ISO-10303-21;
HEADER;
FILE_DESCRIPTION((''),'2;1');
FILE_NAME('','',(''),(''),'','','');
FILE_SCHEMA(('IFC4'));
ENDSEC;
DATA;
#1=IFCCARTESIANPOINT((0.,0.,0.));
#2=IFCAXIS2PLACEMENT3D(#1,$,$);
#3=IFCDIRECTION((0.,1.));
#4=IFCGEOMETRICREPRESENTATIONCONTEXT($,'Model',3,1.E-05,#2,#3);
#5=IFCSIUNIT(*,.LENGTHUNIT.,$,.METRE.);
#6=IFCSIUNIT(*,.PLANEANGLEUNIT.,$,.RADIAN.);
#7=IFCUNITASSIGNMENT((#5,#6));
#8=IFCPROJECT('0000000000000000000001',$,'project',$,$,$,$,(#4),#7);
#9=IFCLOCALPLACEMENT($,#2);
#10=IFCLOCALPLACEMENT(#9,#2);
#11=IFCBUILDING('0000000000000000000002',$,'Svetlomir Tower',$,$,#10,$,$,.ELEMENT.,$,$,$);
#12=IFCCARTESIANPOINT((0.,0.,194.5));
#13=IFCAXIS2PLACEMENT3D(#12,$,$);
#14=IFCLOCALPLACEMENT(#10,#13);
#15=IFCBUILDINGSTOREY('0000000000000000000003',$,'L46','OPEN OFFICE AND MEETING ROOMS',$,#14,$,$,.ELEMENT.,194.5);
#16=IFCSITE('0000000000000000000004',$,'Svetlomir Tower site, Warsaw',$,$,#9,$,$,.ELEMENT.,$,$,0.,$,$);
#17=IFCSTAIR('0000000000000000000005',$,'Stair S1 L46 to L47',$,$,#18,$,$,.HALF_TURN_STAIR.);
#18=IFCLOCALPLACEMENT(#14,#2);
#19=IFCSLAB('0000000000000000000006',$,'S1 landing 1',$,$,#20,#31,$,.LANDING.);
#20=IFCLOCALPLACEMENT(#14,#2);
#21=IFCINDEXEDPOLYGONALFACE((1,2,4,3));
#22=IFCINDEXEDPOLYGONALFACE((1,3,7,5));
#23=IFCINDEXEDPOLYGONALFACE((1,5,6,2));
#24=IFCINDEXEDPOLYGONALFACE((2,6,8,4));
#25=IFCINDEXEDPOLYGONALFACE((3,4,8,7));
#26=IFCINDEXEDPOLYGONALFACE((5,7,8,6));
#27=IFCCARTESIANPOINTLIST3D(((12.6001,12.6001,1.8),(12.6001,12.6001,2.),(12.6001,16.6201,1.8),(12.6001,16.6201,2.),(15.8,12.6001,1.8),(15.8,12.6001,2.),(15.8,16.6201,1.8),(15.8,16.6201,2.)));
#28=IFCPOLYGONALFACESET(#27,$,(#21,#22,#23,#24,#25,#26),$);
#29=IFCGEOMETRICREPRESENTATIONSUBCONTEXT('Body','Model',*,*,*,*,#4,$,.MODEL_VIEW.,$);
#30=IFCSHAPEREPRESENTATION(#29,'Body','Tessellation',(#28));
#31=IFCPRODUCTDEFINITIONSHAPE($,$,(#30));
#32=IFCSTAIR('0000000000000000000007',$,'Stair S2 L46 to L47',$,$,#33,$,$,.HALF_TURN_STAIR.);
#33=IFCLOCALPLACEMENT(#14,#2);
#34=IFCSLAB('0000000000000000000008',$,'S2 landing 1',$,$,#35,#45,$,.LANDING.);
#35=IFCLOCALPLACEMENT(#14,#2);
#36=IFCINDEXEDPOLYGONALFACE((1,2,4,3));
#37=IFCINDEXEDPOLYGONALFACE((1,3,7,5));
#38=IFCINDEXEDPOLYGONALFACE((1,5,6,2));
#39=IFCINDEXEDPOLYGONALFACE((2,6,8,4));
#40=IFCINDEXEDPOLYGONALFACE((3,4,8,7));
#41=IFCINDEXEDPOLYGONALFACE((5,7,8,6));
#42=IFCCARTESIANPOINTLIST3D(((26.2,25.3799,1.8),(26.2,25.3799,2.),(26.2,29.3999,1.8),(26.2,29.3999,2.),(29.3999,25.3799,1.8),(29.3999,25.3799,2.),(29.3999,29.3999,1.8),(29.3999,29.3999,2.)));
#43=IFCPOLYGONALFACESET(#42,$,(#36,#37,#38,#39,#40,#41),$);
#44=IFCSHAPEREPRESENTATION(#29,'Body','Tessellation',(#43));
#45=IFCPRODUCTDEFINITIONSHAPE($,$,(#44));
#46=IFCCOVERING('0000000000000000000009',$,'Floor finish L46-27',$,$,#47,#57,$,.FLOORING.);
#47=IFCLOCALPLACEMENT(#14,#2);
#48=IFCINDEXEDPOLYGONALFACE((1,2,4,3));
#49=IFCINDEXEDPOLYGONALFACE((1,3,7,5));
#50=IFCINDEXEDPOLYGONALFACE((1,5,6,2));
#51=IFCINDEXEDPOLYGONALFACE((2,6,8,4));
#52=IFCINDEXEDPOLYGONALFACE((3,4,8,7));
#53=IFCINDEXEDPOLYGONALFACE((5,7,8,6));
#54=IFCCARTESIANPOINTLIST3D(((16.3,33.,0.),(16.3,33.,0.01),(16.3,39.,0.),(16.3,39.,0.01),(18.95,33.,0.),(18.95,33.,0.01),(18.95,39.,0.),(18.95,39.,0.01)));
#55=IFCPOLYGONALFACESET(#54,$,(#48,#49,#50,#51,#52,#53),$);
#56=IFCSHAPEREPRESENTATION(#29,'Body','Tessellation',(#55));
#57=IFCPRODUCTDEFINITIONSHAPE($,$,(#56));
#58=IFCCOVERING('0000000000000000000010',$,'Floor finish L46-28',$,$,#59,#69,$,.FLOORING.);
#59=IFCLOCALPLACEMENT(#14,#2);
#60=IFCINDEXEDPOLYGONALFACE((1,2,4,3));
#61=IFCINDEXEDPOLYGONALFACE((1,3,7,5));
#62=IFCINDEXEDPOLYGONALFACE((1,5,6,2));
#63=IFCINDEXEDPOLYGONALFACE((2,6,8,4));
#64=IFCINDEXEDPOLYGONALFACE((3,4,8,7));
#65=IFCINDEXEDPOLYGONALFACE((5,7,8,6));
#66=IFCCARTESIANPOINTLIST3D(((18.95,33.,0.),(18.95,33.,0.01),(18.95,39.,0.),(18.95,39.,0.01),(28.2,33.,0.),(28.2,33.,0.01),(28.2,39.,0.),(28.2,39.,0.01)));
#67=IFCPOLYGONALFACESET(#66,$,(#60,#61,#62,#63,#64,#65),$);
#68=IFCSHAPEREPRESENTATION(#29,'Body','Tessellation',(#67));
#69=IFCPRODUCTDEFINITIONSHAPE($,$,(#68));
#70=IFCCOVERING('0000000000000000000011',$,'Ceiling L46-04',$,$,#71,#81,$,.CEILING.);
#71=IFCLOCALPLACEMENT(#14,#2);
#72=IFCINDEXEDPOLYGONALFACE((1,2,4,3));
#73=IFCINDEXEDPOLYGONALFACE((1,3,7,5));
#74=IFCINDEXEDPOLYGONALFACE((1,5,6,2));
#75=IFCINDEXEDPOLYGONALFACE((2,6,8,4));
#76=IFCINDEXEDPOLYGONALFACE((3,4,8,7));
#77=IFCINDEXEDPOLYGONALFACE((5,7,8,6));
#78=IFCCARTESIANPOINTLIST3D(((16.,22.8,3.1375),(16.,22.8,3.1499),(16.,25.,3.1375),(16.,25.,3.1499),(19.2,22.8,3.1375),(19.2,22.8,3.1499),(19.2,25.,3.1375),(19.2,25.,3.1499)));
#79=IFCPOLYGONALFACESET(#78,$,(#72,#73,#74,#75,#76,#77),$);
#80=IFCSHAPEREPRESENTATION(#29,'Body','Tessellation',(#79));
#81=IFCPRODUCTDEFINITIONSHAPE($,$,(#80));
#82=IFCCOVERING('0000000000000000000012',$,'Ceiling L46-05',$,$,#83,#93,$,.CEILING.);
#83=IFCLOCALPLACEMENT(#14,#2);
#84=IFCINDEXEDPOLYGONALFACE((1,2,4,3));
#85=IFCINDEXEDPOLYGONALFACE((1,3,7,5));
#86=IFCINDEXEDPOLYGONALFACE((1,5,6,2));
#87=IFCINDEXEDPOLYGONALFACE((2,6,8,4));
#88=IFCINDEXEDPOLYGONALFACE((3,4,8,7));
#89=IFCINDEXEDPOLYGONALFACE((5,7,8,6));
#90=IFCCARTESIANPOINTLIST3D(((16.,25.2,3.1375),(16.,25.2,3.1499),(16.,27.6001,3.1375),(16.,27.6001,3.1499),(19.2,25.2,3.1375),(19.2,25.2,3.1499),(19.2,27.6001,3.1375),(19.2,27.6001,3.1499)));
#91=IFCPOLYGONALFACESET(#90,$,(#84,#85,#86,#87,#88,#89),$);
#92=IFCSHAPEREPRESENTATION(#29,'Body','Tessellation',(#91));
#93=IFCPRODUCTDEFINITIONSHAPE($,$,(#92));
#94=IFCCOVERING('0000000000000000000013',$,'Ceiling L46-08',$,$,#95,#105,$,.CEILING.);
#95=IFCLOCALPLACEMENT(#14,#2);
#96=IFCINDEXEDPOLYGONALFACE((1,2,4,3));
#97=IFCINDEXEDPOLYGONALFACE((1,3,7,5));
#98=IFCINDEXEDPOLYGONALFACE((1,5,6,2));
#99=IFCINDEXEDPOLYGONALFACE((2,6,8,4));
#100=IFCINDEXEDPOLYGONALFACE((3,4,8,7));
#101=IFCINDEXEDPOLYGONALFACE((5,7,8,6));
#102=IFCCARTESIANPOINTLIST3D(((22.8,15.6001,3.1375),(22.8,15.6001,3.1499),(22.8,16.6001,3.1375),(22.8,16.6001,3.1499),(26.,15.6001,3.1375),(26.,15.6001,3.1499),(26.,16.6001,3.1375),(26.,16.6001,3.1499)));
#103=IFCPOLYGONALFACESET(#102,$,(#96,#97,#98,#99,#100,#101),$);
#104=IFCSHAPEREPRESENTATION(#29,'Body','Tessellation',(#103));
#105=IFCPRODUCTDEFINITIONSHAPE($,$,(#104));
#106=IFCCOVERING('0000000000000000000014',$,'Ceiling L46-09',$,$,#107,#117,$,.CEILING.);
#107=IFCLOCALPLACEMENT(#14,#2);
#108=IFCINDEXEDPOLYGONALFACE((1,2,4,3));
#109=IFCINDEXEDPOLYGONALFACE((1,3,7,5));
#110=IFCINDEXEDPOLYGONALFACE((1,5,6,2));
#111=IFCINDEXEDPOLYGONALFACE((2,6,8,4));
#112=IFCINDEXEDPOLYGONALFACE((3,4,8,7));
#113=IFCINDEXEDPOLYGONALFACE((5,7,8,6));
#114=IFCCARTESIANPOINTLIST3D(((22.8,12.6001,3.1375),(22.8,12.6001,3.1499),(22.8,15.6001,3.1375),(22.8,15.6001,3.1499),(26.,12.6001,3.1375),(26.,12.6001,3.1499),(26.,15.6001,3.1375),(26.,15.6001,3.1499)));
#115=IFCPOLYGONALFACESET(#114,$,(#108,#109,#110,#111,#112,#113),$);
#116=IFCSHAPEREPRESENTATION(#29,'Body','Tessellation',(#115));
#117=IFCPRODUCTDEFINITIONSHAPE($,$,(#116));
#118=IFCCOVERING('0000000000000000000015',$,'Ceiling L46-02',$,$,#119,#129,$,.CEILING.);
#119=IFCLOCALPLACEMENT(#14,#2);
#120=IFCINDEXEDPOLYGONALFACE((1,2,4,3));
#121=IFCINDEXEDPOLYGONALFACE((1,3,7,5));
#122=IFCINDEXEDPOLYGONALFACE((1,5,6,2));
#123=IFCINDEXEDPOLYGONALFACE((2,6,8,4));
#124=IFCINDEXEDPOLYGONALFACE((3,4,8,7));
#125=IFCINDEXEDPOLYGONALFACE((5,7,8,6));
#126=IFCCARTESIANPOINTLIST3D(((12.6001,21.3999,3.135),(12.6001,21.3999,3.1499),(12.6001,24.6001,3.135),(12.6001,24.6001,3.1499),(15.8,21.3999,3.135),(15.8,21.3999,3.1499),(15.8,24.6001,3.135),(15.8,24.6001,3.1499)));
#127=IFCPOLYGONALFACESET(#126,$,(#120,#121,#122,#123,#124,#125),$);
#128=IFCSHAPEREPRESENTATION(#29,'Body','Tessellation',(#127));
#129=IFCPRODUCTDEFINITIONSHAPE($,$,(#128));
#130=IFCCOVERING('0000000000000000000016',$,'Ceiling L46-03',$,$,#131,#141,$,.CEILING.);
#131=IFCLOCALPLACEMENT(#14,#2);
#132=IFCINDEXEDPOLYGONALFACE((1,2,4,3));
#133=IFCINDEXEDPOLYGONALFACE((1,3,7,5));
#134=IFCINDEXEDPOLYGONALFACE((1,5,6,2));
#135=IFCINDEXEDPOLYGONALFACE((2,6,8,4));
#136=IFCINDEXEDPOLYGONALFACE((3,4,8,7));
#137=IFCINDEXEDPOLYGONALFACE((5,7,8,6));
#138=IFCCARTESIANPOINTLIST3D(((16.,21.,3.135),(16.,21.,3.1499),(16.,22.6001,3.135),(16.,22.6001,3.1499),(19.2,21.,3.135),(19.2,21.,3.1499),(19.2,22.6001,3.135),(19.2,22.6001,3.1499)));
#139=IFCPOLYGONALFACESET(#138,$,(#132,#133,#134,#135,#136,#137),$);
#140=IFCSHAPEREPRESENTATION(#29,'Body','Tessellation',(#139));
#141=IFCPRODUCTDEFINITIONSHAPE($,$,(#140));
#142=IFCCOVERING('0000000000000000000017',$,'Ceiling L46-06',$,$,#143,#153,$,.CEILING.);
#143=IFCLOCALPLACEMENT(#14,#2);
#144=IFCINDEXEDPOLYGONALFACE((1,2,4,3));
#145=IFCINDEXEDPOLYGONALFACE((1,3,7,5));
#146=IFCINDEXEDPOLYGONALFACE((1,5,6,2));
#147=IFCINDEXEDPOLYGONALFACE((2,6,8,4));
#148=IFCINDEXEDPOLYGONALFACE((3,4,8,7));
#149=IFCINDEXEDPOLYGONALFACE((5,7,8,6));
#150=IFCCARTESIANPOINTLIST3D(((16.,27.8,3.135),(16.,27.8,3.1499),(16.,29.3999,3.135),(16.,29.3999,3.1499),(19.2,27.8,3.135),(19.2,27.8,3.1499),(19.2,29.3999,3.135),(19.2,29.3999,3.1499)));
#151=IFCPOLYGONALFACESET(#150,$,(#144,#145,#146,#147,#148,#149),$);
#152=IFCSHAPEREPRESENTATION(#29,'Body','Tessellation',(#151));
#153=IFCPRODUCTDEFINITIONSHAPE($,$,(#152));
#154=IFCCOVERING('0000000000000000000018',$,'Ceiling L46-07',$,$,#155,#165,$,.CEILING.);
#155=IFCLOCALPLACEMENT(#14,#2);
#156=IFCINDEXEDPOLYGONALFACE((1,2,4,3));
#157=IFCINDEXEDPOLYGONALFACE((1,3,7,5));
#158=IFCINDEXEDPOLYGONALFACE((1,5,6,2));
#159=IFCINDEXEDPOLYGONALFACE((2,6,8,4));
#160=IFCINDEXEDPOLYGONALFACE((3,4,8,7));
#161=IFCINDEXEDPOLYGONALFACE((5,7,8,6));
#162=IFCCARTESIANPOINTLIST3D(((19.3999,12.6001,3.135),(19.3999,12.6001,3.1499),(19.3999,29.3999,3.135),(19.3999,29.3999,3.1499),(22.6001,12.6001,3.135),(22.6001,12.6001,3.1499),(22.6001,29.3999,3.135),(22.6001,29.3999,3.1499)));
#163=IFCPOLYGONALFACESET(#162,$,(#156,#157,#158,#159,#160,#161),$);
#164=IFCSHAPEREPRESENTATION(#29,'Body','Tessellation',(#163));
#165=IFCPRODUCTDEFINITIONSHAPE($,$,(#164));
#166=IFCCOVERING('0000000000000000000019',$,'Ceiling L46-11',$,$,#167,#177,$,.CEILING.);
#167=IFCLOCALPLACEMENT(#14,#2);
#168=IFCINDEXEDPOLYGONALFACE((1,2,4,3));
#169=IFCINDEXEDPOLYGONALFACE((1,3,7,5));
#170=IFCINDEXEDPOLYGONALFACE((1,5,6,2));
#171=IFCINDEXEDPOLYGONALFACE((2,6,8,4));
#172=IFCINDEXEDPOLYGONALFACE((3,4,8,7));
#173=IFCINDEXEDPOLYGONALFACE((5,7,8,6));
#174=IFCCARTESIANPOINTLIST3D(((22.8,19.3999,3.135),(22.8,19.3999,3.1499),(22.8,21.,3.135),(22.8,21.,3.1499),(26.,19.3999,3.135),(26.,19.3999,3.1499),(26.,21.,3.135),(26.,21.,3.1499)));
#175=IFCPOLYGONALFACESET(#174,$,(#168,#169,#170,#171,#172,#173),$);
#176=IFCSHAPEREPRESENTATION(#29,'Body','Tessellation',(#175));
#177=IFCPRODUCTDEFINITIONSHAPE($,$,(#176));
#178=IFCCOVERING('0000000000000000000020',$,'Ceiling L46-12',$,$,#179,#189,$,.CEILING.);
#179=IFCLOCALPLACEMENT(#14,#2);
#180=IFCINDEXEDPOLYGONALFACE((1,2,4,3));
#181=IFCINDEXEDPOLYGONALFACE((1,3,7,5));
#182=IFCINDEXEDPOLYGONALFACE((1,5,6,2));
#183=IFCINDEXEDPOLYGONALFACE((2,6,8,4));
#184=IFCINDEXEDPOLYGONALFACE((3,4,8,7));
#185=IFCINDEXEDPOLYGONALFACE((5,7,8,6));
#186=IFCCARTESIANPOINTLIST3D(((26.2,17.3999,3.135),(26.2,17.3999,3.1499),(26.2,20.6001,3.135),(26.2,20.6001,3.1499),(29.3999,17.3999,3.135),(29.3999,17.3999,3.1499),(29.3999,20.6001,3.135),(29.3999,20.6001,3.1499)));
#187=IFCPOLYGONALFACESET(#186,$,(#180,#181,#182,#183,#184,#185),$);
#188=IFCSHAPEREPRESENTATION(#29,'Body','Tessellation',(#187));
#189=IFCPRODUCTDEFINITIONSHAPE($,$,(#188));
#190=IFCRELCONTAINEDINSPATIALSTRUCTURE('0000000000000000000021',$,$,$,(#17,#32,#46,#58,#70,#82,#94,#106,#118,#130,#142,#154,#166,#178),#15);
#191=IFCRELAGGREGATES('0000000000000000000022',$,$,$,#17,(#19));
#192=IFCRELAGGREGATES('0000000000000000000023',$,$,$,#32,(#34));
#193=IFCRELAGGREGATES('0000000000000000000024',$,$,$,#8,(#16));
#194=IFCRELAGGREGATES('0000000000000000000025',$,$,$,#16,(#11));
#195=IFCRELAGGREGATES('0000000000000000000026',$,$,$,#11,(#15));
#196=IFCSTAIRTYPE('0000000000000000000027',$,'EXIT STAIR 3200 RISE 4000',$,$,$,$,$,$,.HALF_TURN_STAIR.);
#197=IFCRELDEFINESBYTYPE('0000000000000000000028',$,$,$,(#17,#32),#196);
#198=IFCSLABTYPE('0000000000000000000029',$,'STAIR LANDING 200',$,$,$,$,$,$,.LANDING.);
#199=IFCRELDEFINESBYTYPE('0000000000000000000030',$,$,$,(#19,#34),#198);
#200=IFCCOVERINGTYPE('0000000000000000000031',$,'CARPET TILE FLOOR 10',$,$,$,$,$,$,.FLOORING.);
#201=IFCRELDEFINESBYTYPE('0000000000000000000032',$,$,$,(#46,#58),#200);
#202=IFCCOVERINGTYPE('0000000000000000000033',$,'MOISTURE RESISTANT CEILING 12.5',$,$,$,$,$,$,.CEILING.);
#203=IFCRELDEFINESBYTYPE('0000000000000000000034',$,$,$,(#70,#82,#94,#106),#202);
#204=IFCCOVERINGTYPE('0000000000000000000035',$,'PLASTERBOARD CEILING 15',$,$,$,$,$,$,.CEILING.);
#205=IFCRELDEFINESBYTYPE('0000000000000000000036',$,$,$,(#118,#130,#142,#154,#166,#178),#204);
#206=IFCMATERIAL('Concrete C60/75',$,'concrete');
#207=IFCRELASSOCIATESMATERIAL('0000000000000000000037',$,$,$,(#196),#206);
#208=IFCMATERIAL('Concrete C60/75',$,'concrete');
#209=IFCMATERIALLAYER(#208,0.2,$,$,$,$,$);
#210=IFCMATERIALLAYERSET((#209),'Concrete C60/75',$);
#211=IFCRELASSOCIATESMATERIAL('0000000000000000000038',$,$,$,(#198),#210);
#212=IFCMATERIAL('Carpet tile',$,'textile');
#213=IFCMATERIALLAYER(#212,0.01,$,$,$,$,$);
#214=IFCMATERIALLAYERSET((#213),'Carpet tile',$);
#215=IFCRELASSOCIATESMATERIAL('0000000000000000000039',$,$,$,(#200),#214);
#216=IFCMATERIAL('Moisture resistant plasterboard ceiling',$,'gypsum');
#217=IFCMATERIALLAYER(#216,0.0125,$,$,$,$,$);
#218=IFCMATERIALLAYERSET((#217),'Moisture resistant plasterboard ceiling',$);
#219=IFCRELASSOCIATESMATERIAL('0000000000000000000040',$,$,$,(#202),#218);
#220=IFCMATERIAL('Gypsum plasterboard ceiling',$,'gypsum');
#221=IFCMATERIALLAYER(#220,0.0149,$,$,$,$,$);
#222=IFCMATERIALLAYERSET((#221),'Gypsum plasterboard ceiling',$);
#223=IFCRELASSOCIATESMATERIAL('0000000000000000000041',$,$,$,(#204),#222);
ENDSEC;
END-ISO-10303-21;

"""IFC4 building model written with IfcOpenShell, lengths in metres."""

from ifc_helpers import new_model, si_unit, direction, frame, origin, place, context, subcontext, project, spatial, polyline, outline, extrude, material, layer, layer_set, type_object, element, aggregate, save


model = new_model("IFC4")

# Units and contexts
model_context = context("Model", 3, precision=1e-05, world=origin(), true_north=direction((0.0, 1.0)))
body_context = subcontext(model_context, "Body", "Model", "MODEL_VIEW")
ifc_project = project(units=[si_unit("LENGTHUNIT", "METRE"), si_unit("PLANEANGLEUNIT", "RADIAN")], contexts=[model_context])

# Site, building, storey
site_placement = place(None, origin())
site = spatial("IfcSite", under=ifc_project, at=site_placement, Name="Svetlomir Tower site, Warsaw", CompositionType="ELEMENT", RefElevation=0.0)
building_placement = place(site_placement, origin())
building = spatial("IfcBuilding", under=site, at=building_placement, Name="Svetlomir Tower", CompositionType="ELEMENT")
storey_placement = place(building_placement, frame((0.0, 0.0, 194.5)))
storey = spatial("IfcBuildingStorey", under=building, at=storey_placement, Name="L46", Description="OPEN OFFICE AND MEETING ROOMS", CompositionType="ELEMENT", Elevation=194.5)

# Stairs, slabs
ifc_material_1 = material(Name="Concrete C60/75", Category="concrete")
stair_type = type_object("IfcStairType", Name="EXIT STAIR 3200 RISE 4000", PredefinedType="HALF_TURN_STAIR", material=ifc_material_1)
stair_1_placement = place(storey_placement, origin())
stair_1 = element("IfcStair", 1, at=stair_1_placement, inside=storey, type_object=stair_type, Name="Stair S1 L46 to L47", PredefinedType="HALF_TURN_STAIR")
ifc_material_2 = material(Name="Concrete C60/75", Category="concrete")
ifc_layer_1 = layer(ifc_material_2, 0.2)
ifc_layer_set_1 = layer_set([ifc_layer_1], Name="Concrete C60/75")
slab_type = type_object("IfcSlabType", Name="STAIR LANDING 200", PredefinedType="LANDING", material=ifc_layer_set_1)
slab_1_placement = place(storey_placement, frame((0.0, 0.0, 1.8)))
slab_1 = element("IfcSlab", 2, at=slab_1_placement, type_object=slab_type, Name="S1 landing 1", PredefinedType="LANDING", context=body_context, shape_type="SweptSolid", body=[
    extrude(outline(polyline([(12.6001, 12.6001), (15.8, 12.6001), (15.8, 16.6201), (12.6001, 16.6201), (12.6001, 12.6001)])), origin(), (0.0, 0.0, 1.0), 0.2),
])
aggregate(stair_1, [slab_1])
stair_2_placement = place(storey_placement, origin())
stair_2 = element("IfcStair", 3, at=stair_2_placement, inside=storey, type_object=stair_type, Name="Stair S2 L46 to L47", PredefinedType="HALF_TURN_STAIR")
slab_2_placement = place(storey_placement, frame((0.0, 0.0, 1.8)))
slab_2 = element("IfcSlab", 4, at=slab_2_placement, type_object=slab_type, Name="S2 landing 1", PredefinedType="LANDING", context=body_context, shape_type="SweptSolid", body=[
    extrude(outline(polyline([(26.2, 25.3799), (29.3999, 25.3799), (29.3999, 29.3999), (26.2, 29.3999), (26.2, 25.3799)])), origin(), (0.0, 0.0, 1.0), 0.2),
])
aggregate(stair_2, [slab_2])

# Coverings
ifc_material_3 = material(Name="Carpet tile", Category="textile")
ifc_layer_2 = layer(ifc_material_3, 0.01)
ifc_layer_set_2 = layer_set([ifc_layer_2], Name="Carpet tile")
covering_type_1 = type_object("IfcCoveringType", Name="CARPET TILE FLOOR 10", PredefinedType="FLOORING", material=ifc_layer_set_2)
covering_1_placement = place(storey_placement, origin())
element("IfcCovering", 5, at=covering_1_placement, inside=storey, type_object=covering_type_1, Name="Floor finish L46-27", PredefinedType="FLOORING", context=body_context, shape_type="SweptSolid", body=[
    extrude(outline(polyline([(16.3, 33.0), (18.95, 33.0), (18.95, 39.0), (16.3, 39.0), (16.3, 33.0)])), origin(), (0.0, 0.0, 1.0), 0.01),
])
covering_2_placement = place(storey_placement, origin())
element("IfcCovering", 6, at=covering_2_placement, inside=storey, type_object=covering_type_1, Name="Floor finish L46-28", PredefinedType="FLOORING", context=body_context, shape_type="SweptSolid", body=[
    extrude(outline(polyline([(18.95, 33.0), (28.2, 33.0), (28.2, 39.0), (18.95, 39.0), (18.95, 33.0)])), origin(), (0.0, 0.0, 1.0), 0.01),
])
ifc_material_4 = material(Name="Moisture resistant plasterboard ceiling", Category="gypsum")
ifc_layer_3 = layer(ifc_material_4, 0.0125)
ifc_layer_set_3 = layer_set([ifc_layer_3], Name="Moisture resistant plasterboard ceiling")
covering_type_2 = type_object("IfcCoveringType", Name="MOISTURE RESISTANT CEILING 12.5", PredefinedType="CEILING", material=ifc_layer_set_3)
covering_3_placement = place(storey_placement, frame((0.0, 0.0, 3.1375)))
element("IfcCovering", 7, at=covering_3_placement, inside=storey, type_object=covering_type_2, Name="Ceiling L46-04", PredefinedType="CEILING", context=body_context, shape_type="SweptSolid", body=[
    extrude(outline(polyline([(16.0, 22.8), (19.2, 22.8), (19.2, 25.0), (16.0, 25.0), (16.0, 22.8)])), origin(), (0.0, 0.0, 1.0), 0.0125),
])
covering_4_placement = place(storey_placement, frame((0.0, 0.0, 3.1375)))
element("IfcCovering", 8, at=covering_4_placement, inside=storey, type_object=covering_type_2, Name="Ceiling L46-05", PredefinedType="CEILING", context=body_context, shape_type="SweptSolid", body=[
    extrude(outline(polyline([(16.0, 25.2), (19.2, 25.2), (19.2, 27.6001), (16.0, 27.6001), (16.0, 25.2)])), origin(), (0.0, 0.0, 1.0), 0.0125),
])
covering_5_placement = place(storey_placement, frame((0.0, 0.0, 3.1375)))
element("IfcCovering", 9, at=covering_5_placement, inside=storey, type_object=covering_type_2, Name="Ceiling L46-08", PredefinedType="CEILING", context=body_context, shape_type="SweptSolid", body=[
    extrude(outline(polyline([(22.8, 15.6001), (26.0, 15.6001), (26.0, 16.6001), (22.8, 16.6001), (22.8, 15.6001)])), origin(), (0.0, 0.0, 1.0), 0.0125),
])
covering_6_placement = place(storey_placement, frame((0.0, 0.0, 3.1375)))
element("IfcCovering", 10, at=covering_6_placement, inside=storey, type_object=covering_type_2, Name="Ceiling L46-09", PredefinedType="CEILING", context=body_context, shape_type="SweptSolid", body=[
    extrude(outline(polyline([(22.8, 12.6001), (26.0, 12.6001), (26.0, 15.6001), (22.8, 15.6001), (22.8, 12.6001)])), origin(), (0.0, 0.0, 1.0), 0.0125),
])
ifc_material_5 = material(Name="Gypsum plasterboard ceiling", Category="gypsum")
ifc_layer_4 = layer(ifc_material_5, 0.0149)
ifc_layer_set_4 = layer_set([ifc_layer_4], Name="Gypsum plasterboard ceiling")
covering_type_3 = type_object("IfcCoveringType", Name="PLASTERBOARD CEILING 15", PredefinedType="CEILING", material=ifc_layer_set_4)
covering_7_placement = place(storey_placement, frame((0.0, 0.0, 3.135)))
element("IfcCovering", 11, at=covering_7_placement, inside=storey, type_object=covering_type_3, Name="Ceiling L46-02", PredefinedType="CEILING", context=body_context, shape_type="SweptSolid", body=[
    extrude(outline(polyline([(12.6001, 21.3999), (15.8, 21.3999), (15.8, 24.6001), (12.6001, 24.6001), (12.6001, 21.3999)])), origin(), (0.0, 0.0, 1.0), 0.0149),
])
covering_8_placement = place(storey_placement, frame((0.0, 0.0, 3.135)))
element("IfcCovering", 12, at=covering_8_placement, inside=storey, type_object=covering_type_3, Name="Ceiling L46-03", PredefinedType="CEILING", context=body_context, shape_type="SweptSolid", body=[
    extrude(outline(polyline([(16.0, 21.0), (19.2, 21.0), (19.2, 22.6001), (16.0, 22.6001), (16.0, 21.0)])), origin(), (0.0, 0.0, 1.0), 0.0149),
])
covering_9_placement = place(storey_placement, frame((0.0, 0.0, 3.135)))
element("IfcCovering", 13, at=covering_9_placement, inside=storey, type_object=covering_type_3, Name="Ceiling L46-06", PredefinedType="CEILING", context=body_context, shape_type="SweptSolid", body=[
    extrude(outline(polyline([(16.0, 27.8), (19.2, 27.8), (19.2, 29.3999), (16.0, 29.3999), (16.0, 27.8)])), origin(), (0.0, 0.0, 1.0), 0.0149),
])
covering_10_placement = place(storey_placement, frame((0.0, 0.0, 3.135)))
element("IfcCovering", 14, at=covering_10_placement, inside=storey, type_object=covering_type_3, Name="Ceiling L46-07", PredefinedType="CEILING", context=body_context, shape_type="SweptSolid", body=[
    extrude(outline(polyline([(19.3999, 12.6001), (22.6001, 12.6001), (22.6001, 29.3999), (19.3999, 29.3999), (19.3999, 12.6001)])), origin(), (0.0, 0.0, 1.0), 0.0149),
])
covering_11_placement = place(storey_placement, frame((0.0, 0.0, 3.135)))
element("IfcCovering", 15, at=covering_11_placement, inside=storey, type_object=covering_type_3, Name="Ceiling L46-11", PredefinedType="CEILING", context=body_context, shape_type="SweptSolid", body=[
    extrude(outline(polyline([(22.8, 19.3999), (26.0, 19.3999), (26.0, 21.0), (22.8, 21.0), (22.8, 19.3999)])), origin(), (0.0, 0.0, 1.0), 0.0149),
])
covering_12_placement = place(storey_placement, frame((0.0, 0.0, 3.135)))
element("IfcCovering", 16, at=covering_12_placement, inside=storey, type_object=covering_type_3, Name="Ceiling L46-12", PredefinedType="CEILING", context=body_context, shape_type="SweptSolid", body=[
    extrude(outline(polyline([(26.2, 17.3999), (29.3999, 17.3999), (29.3999, 20.6001), (26.2, 20.6001), (26.2, 17.3999)])), origin(), (0.0, 0.0, 1.0), 0.0149),
])

save(model, "model.ifc")
